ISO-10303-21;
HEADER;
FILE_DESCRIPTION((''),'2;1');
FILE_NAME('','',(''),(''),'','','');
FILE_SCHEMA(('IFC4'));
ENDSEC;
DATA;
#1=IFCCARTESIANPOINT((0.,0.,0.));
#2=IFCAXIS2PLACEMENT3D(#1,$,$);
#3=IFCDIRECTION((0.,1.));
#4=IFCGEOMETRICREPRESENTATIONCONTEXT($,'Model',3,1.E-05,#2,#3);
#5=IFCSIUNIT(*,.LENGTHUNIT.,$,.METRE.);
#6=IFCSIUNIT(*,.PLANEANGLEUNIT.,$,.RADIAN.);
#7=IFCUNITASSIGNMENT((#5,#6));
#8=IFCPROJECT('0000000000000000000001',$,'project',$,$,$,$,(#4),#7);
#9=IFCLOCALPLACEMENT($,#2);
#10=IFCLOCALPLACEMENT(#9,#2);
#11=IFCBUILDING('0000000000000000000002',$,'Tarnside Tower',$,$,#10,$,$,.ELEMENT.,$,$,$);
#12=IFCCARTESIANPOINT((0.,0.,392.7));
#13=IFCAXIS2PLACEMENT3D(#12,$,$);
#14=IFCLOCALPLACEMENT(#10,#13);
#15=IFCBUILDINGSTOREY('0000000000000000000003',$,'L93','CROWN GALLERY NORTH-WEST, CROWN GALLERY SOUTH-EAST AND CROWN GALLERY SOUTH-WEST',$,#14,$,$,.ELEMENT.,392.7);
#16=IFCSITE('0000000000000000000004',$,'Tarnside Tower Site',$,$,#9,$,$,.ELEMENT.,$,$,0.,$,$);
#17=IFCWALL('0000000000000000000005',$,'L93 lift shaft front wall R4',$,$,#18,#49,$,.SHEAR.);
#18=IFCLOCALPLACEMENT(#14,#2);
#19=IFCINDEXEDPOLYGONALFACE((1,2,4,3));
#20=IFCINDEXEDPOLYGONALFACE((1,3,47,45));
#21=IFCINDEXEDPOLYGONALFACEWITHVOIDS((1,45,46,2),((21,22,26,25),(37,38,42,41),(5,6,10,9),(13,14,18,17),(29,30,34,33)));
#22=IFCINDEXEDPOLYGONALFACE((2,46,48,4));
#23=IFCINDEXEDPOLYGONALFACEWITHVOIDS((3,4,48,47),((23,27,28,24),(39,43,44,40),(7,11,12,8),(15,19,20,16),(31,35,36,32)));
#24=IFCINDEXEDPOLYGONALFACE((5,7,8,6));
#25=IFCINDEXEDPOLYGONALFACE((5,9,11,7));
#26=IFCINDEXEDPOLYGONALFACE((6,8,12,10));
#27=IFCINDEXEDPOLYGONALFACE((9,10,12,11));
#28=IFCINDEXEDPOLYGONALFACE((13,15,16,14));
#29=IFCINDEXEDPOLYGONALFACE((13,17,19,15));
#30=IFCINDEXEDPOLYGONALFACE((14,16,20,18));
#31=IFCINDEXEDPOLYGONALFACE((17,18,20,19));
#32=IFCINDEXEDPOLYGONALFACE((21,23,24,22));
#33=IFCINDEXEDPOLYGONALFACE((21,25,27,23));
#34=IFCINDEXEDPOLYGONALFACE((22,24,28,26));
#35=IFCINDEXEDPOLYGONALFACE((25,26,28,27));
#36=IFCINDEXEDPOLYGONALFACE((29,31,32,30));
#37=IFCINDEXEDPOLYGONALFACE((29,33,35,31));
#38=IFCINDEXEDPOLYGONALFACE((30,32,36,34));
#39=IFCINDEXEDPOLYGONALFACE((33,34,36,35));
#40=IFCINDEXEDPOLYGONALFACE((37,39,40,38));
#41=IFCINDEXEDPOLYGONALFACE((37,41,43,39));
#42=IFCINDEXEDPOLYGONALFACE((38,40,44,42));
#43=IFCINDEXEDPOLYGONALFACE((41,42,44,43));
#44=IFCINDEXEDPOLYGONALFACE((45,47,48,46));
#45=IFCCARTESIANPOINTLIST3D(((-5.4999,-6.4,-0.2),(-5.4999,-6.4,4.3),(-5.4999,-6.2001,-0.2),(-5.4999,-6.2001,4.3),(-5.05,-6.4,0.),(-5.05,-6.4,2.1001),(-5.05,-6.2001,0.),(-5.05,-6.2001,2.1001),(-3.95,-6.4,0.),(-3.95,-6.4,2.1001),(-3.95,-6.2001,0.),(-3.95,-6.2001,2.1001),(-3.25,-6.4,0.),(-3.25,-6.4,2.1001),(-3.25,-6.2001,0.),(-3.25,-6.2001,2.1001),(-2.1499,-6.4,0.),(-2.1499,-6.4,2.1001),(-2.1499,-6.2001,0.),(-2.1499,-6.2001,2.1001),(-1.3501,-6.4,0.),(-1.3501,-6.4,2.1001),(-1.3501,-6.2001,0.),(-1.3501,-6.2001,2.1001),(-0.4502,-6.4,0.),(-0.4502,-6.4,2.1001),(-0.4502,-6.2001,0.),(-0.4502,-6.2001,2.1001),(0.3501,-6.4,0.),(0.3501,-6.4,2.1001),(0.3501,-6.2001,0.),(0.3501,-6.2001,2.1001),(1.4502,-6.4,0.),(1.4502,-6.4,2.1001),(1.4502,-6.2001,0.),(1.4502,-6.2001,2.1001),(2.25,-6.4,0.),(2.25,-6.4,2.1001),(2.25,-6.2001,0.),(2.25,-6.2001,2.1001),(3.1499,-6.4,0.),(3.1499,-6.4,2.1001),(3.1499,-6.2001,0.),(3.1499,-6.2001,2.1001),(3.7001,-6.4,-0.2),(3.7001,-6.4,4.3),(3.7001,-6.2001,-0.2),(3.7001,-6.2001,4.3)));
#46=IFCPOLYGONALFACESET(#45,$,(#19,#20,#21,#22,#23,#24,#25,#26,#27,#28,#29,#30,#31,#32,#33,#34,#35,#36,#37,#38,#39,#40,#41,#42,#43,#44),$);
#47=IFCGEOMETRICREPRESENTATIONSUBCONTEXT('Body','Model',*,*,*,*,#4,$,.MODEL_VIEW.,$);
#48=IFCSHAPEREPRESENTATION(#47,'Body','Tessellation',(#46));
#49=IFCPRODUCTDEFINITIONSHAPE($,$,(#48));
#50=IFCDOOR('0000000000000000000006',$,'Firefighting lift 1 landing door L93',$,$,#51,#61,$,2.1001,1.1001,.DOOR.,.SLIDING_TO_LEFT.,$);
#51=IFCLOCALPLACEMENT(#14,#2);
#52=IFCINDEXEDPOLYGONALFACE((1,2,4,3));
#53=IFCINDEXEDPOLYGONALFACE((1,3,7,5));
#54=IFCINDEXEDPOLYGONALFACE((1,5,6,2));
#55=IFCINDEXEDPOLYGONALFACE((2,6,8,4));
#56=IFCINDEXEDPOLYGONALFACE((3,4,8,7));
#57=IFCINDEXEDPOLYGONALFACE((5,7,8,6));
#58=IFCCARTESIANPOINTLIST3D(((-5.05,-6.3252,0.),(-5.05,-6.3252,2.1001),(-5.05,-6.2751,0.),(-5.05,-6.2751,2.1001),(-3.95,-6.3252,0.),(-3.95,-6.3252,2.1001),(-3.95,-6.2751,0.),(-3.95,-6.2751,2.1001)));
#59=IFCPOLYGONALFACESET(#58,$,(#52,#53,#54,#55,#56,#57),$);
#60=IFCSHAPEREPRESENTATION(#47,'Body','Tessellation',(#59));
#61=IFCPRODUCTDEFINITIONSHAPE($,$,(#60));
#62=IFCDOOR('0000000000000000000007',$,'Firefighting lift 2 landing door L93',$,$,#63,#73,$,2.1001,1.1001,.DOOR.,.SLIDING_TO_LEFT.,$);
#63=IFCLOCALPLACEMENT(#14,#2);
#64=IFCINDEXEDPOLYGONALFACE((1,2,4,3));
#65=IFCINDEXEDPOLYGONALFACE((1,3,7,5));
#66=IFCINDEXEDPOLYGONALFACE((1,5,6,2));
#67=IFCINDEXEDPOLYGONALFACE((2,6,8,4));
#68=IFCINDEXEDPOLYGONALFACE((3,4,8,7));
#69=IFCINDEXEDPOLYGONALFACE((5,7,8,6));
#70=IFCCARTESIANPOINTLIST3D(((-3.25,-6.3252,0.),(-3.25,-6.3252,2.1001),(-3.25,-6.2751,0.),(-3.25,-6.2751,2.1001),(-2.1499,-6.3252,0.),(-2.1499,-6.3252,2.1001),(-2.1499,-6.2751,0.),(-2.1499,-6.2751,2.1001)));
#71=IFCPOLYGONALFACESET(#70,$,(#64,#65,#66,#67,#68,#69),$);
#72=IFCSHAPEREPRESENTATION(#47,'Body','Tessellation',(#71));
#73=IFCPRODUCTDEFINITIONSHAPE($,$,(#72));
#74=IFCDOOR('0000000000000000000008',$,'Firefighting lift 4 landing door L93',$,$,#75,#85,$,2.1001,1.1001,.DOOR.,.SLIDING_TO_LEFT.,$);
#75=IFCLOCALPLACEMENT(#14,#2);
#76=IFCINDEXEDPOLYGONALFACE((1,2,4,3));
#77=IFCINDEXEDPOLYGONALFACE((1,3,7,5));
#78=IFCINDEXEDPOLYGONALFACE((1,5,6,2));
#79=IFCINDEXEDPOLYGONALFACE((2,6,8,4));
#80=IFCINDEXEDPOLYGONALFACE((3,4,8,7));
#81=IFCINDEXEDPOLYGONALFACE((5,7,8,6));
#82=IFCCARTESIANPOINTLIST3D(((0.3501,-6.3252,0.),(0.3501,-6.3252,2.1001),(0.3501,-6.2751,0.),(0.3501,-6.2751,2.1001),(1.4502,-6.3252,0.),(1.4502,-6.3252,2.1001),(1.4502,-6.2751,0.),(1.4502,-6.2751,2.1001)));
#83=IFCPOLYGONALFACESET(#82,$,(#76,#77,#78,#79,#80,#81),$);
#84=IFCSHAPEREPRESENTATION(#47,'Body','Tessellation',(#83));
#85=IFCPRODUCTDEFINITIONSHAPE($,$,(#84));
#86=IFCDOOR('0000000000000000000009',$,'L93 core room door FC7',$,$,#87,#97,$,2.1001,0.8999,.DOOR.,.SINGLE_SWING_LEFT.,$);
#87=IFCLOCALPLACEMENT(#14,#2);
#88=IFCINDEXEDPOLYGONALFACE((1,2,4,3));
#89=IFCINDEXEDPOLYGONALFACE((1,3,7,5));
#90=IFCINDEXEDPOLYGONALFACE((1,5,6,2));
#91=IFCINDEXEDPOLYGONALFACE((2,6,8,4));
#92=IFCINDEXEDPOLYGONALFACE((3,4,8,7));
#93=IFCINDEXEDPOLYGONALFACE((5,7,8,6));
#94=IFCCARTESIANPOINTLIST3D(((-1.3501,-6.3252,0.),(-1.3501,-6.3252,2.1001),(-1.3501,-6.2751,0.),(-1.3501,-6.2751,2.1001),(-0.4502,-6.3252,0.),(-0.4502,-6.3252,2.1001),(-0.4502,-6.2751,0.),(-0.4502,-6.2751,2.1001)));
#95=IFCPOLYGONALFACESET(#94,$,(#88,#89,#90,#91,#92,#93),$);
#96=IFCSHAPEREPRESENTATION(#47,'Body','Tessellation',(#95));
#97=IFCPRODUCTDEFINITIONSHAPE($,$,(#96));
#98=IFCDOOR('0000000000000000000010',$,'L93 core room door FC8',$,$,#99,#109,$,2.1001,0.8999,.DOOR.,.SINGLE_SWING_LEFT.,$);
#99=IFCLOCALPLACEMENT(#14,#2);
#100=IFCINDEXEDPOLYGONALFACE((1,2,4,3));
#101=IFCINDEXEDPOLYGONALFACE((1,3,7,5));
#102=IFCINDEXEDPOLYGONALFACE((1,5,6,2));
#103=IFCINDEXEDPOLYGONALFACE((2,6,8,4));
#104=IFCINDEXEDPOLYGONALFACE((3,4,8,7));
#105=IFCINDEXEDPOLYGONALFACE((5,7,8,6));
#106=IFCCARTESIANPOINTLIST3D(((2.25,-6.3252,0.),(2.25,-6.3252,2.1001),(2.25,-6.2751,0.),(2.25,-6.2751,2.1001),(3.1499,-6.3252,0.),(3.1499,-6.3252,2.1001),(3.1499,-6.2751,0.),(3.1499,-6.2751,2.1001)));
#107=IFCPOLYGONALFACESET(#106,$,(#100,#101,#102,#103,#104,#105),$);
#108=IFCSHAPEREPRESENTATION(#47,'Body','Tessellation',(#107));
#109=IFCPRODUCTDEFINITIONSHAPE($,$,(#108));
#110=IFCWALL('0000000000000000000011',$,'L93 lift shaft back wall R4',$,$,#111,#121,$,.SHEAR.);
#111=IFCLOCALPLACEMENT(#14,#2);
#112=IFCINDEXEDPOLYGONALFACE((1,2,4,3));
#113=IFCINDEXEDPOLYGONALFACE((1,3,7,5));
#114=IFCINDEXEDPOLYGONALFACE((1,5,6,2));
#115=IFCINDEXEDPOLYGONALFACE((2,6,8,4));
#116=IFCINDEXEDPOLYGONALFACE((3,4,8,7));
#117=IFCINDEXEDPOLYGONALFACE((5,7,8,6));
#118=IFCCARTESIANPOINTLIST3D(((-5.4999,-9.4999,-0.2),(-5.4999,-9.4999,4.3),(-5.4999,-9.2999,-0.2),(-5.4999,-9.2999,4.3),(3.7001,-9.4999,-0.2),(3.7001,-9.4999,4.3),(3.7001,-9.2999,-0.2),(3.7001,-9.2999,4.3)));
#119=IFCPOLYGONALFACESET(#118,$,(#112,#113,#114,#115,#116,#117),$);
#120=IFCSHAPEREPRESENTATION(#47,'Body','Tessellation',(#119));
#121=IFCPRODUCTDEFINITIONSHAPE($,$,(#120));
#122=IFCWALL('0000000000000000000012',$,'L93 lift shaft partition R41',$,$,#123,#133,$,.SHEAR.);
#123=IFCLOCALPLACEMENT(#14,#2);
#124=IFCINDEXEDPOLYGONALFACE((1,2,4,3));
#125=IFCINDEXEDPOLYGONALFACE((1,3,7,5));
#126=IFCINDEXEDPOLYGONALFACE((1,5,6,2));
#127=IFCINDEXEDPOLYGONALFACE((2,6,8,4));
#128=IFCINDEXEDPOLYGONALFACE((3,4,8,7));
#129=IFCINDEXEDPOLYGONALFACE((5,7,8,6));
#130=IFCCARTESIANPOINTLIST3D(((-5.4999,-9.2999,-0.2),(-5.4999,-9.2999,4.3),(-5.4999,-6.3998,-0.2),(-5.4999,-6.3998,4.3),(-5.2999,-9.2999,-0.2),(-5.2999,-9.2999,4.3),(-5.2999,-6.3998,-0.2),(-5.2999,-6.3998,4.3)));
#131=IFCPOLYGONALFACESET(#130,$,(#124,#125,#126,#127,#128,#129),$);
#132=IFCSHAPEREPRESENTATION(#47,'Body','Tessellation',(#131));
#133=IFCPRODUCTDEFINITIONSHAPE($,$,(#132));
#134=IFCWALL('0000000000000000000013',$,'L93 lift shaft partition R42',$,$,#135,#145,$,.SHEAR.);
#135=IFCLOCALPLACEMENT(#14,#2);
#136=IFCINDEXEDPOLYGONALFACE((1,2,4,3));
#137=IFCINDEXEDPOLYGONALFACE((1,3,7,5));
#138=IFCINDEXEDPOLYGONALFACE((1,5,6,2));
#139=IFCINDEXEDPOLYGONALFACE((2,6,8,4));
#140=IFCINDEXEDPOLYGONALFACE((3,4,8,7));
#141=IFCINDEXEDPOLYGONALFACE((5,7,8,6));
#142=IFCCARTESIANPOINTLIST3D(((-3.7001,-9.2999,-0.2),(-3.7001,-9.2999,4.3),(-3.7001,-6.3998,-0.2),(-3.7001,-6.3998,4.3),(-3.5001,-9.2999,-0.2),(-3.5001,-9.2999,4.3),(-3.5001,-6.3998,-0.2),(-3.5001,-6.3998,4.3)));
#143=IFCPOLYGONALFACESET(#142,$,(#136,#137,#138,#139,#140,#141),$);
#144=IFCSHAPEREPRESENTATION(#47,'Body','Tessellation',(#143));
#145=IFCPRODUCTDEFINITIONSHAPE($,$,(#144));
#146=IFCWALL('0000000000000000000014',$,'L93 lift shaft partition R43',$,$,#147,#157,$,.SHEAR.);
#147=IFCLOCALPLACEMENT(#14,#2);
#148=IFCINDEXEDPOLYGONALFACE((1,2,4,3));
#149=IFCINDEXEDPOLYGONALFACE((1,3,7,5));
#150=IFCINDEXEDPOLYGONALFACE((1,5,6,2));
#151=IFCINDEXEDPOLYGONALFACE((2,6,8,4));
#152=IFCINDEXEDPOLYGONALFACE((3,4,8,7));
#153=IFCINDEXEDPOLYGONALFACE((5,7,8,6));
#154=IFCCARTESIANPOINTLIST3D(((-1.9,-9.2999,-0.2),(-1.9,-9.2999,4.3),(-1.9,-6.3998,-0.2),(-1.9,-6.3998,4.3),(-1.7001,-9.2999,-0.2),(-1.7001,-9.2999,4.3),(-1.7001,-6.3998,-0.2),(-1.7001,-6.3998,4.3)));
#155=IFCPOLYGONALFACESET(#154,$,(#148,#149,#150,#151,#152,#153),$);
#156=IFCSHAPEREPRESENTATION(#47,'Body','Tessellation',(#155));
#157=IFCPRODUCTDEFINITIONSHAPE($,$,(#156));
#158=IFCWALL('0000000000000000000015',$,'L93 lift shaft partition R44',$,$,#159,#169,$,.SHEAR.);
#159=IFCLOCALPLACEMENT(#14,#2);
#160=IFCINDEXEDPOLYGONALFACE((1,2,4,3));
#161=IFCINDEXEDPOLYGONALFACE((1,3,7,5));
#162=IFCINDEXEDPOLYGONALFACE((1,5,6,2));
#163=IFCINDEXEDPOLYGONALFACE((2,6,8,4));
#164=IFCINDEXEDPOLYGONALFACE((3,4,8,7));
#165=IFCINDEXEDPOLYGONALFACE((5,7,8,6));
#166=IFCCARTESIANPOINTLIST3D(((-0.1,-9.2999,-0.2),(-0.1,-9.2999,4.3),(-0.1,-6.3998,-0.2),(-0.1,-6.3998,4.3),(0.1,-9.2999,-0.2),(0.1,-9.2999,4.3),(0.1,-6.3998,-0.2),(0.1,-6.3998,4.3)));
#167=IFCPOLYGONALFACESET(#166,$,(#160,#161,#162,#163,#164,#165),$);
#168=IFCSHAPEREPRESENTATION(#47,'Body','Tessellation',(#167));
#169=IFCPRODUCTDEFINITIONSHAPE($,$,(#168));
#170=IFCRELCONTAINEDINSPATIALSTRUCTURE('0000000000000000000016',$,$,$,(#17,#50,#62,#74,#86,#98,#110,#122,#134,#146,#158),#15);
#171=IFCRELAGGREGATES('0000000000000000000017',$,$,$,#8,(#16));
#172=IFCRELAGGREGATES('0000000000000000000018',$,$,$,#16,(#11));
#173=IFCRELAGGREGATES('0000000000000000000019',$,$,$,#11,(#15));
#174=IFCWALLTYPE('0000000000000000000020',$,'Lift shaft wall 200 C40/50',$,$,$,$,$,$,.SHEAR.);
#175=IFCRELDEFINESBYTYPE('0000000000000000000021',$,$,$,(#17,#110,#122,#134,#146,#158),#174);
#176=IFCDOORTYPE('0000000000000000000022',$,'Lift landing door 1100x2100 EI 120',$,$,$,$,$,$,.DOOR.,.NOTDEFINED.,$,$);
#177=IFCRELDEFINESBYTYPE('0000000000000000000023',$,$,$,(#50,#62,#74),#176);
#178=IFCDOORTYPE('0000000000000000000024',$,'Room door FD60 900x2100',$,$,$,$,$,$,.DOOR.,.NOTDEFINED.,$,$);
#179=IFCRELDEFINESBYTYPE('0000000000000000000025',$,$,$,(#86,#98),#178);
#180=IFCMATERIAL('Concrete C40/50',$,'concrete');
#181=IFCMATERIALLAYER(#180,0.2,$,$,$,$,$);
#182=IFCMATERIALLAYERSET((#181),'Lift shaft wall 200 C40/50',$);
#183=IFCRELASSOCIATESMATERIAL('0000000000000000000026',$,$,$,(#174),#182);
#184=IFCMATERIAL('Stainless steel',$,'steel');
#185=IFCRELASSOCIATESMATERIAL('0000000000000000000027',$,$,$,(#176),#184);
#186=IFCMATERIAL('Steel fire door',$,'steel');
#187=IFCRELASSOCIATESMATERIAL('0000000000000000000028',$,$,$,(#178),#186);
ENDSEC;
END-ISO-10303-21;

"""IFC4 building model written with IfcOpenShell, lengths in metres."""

from ifc_helpers import new_model, si_unit, direction, frame, frame_2d, origin, place, context, subcontext, project, spatial, rectangle, extrude, material, layer, layer_set, type_object, element, fill, save


model = new_model("IFC4")

# Units and contexts
model_context = context("Model", 3, precision=1e-05, world=origin(), true_north=direction((0.0, 1.0)))
body_context = subcontext(model_context, "Body", "Model", "MODEL_VIEW")
ifc_project = project(units=[si_unit("LENGTHUNIT", "METRE"), si_unit("PLANEANGLEUNIT", "RADIAN")], contexts=[model_context])

# Site, building, storey
site_placement = place(None, origin())
site = spatial("IfcSite", under=ifc_project, at=site_placement, Name="Tarnside Tower Site", CompositionType="ELEMENT", RefElevation=0.0)
building_placement = place(site_placement, origin())
building = spatial("IfcBuilding", under=site, at=building_placement, Name="Tarnside Tower", CompositionType="ELEMENT")
storey_placement = place(building_placement, frame((0.0, 0.0, 392.7)))
storey = spatial("IfcBuildingStorey", under=building, at=storey_placement, Name="L93", Description="CROWN GALLERY NORTH-WEST, CROWN GALLERY SOUTH-EAST AND CROWN GALLERY SOUTH-WEST", CompositionType="ELEMENT", Elevation=392.7)

# Shared definitions
ifc_material_1 = material(Name="Concrete C40/50", Category="concrete")

# Wall, openings, doors
ifc_layer_1 = layer(ifc_material_1, 0.2)
ifc_layer_set_1 = layer_set([ifc_layer_1], Name="Lift shaft wall 200 C40/50")
wall_type_1 = type_object("IfcWallType", Name="Lift shaft wall 200 C40/50", PredefinedType="SHEAR", material=ifc_layer_set_1)
wall_1_placement = place(storey_placement, frame((-5.5, -6.3, -0.2), z_axis=(0.0, 0.0, 1.0), x_axis=(1.0, 0.0, 0.0)))
wall_1 = element("IfcWall", 1, at=wall_1_placement, inside=storey, type_object=wall_type_1, Name="L93 lift shaft front wall R4", PredefinedType="SHEAR", context=body_context, shape_type="SweptSolid", body=[
    extrude(rectangle(XDim=9.2, YDim=0.2, at=frame_2d((4.6001, 0.0))), origin(), (0.0, 0.0, 1.0), 4.5),
])
opening_1_placement = place(wall_1_placement, frame((4.1499, 0.0, 0.2)))
opening_1 = element("IfcOpeningElement", 2, at=opening_1_placement, cuts=wall_1, PredefinedType="OPENING", context=body_context, shape_type="SweptSolid", body=[
    extrude(rectangle(XDim=0.8999, YDim=2.1001, at=frame_2d((0.45, 1.05))), frame((0.0, 0.1099, 0.0), z_axis=(0.0, -1.0, 0.0), x_axis=(1.0, 0.0, 0.0)), (0.0, 0.0, 1.0), 0.22),
])
opening_2_placement = place(wall_1_placement, frame((7.75, 0.0, 0.2)))
opening_2 = element("IfcOpeningElement", 3, at=opening_2_placement, cuts=wall_1, PredefinedType="OPENING", context=body_context, shape_type="SweptSolid", body=[
    extrude(rectangle(XDim=0.8999, YDim=2.1001, at=frame_2d((0.45, 1.05))), frame((0.0, 0.1099, 0.0), z_axis=(0.0, -1.0, 0.0), x_axis=(1.0, 0.0, 0.0)), (0.0, 0.0, 1.0), 0.22),
])
opening_3_placement = place(wall_1_placement, frame((0.45, 0.0, 0.2)))
opening_3 = element("IfcOpeningElement", 4, at=opening_3_placement, cuts=wall_1, PredefinedType="OPENING", context=body_context, shape_type="SweptSolid", body=[
    extrude(rectangle(XDim=1.1001, YDim=2.1001, at=frame_2d((0.55, 1.05))), frame((0.0, 0.1099, 0.0), z_axis=(0.0, -1.0, 0.0), x_axis=(1.0, 0.0, 0.0)), (0.0, 0.0, 1.0), 0.22),
])
opening_4_placement = place(wall_1_placement, frame((2.25, 0.0, 0.2)))
opening_4 = element("IfcOpeningElement", 5, at=opening_4_placement, cuts=wall_1, PredefinedType="OPENING", context=body_context, shape_type="SweptSolid", body=[
    extrude(rectangle(XDim=1.1001, YDim=2.1001, at=frame_2d((0.55, 1.05))), frame((0.0, 0.1099, 0.0), z_axis=(0.0, -1.0, 0.0), x_axis=(1.0, 0.0, 0.0)), (0.0, 0.0, 1.0), 0.22),
])
opening_5_placement = place(wall_1_placement, frame((5.8501, 0.0, 0.2)))
opening_5 = element("IfcOpeningElement", 6, at=opening_5_placement, cuts=wall_1, PredefinedType="OPENING", context=body_context, shape_type="SweptSolid", body=[
    extrude(rectangle(XDim=1.1001, YDim=2.1001, at=frame_2d((0.55, 1.05))), frame((0.0, 0.1099, 0.0), z_axis=(0.0, -1.0, 0.0), x_axis=(1.0, 0.0, 0.0)), (0.0, 0.0, 1.0), 0.22),
])
ifc_material_2 = material(Name="Stainless steel", Category="steel")
door_type_1 = type_object("IfcDoorType", Name="Lift landing door 1100x2100 EI 120", OperationType="NOTDEFINED", PredefinedType="DOOR", material=ifc_material_2)
door_1_placement = place(opening_3_placement, origin())
door_1 = element("IfcDoor", 7, at=door_1_placement, inside=storey, type_object=door_type_1, Name="Firefighting lift 1 landing door L93", OperationType="SLIDING_TO_LEFT", OverallHeight=2.1001, OverallWidth=1.1001, PredefinedType="DOOR", context=body_context, shape_type="SweptSolid", body=[
    extrude(rectangle(XDim=1.1001, YDim=2.1001, at=frame_2d((0.55, 1.05))), frame((0.0, 0.0249, 0.0), z_axis=(0.0, -1.0, 0.0), x_axis=(1.0, 0.0, 0.0)), (0.0, 0.0, 1.0), 0.05),
])
fill(opening_3, door_1)
door_2_placement = place(opening_4_placement, origin())
door_2 = element("IfcDoor", 8, at=door_2_placement, inside=storey, type_object=door_type_1, Name="Firefighting lift 2 landing door L93", OperationType="SLIDING_TO_LEFT", OverallHeight=2.1001, OverallWidth=1.1001, PredefinedType="DOOR", context=body_context, shape_type="SweptSolid", body=[
    extrude(rectangle(XDim=1.1001, YDim=2.1001, at=frame_2d((0.55, 1.05))), frame((0.0, 0.0249, 0.0), z_axis=(0.0, -1.0, 0.0), x_axis=(1.0, 0.0, 0.0)), (0.0, 0.0, 1.0), 0.05),
])
fill(opening_4, door_2)
door_3_placement = place(opening_5_placement, origin())
door_3 = element("IfcDoor", 9, at=door_3_placement, inside=storey, type_object=door_type_1, Name="Firefighting lift 4 landing door L93", OperationType="SLIDING_TO_LEFT", OverallHeight=2.1001, OverallWidth=1.1001, PredefinedType="DOOR", context=body_context, shape_type="SweptSolid", body=[
    extrude(rectangle(XDim=1.1001, YDim=2.1001, at=frame_2d((0.55, 1.05))), frame((0.0, 0.0249, 0.0), z_axis=(0.0, -1.0, 0.0), x_axis=(1.0, 0.0, 0.0)), (0.0, 0.0, 1.0), 0.05),
])
fill(opening_5, door_3)
ifc_material_3 = material(Name="Steel fire door", Category="steel")
door_type_2 = type_object("IfcDoorType", Name="Room door FD60 900x2100", OperationType="NOTDEFINED", PredefinedType="DOOR", material=ifc_material_3)
door_4_placement = place(opening_1_placement, origin())
door_4 = element("IfcDoor", 10, at=door_4_placement, inside=storey, type_object=door_type_2, Name="L93 core room door FC7", OperationType="SINGLE_SWING_LEFT", OverallHeight=2.1001, OverallWidth=0.8999, PredefinedType="DOOR", context=body_context, shape_type="SweptSolid", body=[
    extrude(rectangle(XDim=0.8999, YDim=2.1001, at=frame_2d((0.45, 1.05))), frame((0.0, 0.0249, 0.0), z_axis=(0.0, -1.0, 0.0), x_axis=(1.0, 0.0, 0.0)), (0.0, 0.0, 1.0), 0.05),
])
fill(opening_1, door_4)
door_5_placement = place(opening_2_placement, origin())
door_5 = element("IfcDoor", 11, at=door_5_placement, inside=storey, type_object=door_type_2, Name="L93 core room door FC8", OperationType="SINGLE_SWING_LEFT", OverallHeight=2.1001, OverallWidth=0.8999, PredefinedType="DOOR", context=body_context, shape_type="SweptSolid", body=[
    extrude(rectangle(XDim=0.8999, YDim=2.1001, at=frame_2d((0.45, 1.05))), frame((0.0, 0.0249, 0.0), z_axis=(0.0, -1.0, 0.0), x_axis=(1.0, 0.0, 0.0)), (0.0, 0.0, 1.0), 0.05),
])
fill(opening_2, door_5)

# Walls
wall_2_placement = place(storey_placement, frame((-5.5, -9.3999, -0.2), z_axis=(0.0, 0.0, 1.0), x_axis=(1.0, 0.0, 0.0)))
element("IfcWall", 12, at=wall_2_placement, inside=storey, type_object=wall_type_1, Name="L93 lift shaft back wall R4", PredefinedType="SHEAR", context=body_context, shape_type="SweptSolid", body=[
    extrude(rectangle(XDim=9.2, YDim=0.2, at=frame_2d((4.6001, 0.0))), origin(), (0.0, 0.0, 1.0), 4.5),
])
for number, where, z_axis, x_axis, name in (
    (13, (-5.3999, -9.3, -0.2), (0.0, 0.0, 1.0), (0.0, 1.0, 0.0), "L93 lift shaft partition R41"),
    (14, (-3.6001, -9.3, -0.2), (0.0, 0.0, 1.0), (0.0, 1.0, 0.0), "L93 lift shaft partition R42"),
    (15, (-1.8, -9.3, -0.2), (0.0, 0.0, 1.0), (0.0, 1.0, 0.0), "L93 lift shaft partition R43"),
    (16, (0.0, -9.3, -0.2), (0.0, 0.0, 1.0), (0.0, 1.0, 0.0), "L93 lift shaft partition R44"),
):
    element("IfcWall", number, at=place(storey_placement, frame(where, z_axis=z_axis, x_axis=x_axis)), inside=storey, type_object=wall_type_1, Name=name, PredefinedType="SHEAR", context=body_context, shape_type="SweptSolid", body=[
        extrude(rectangle(XDim=2.9001, YDim=0.2, at=frame_2d((1.4502, 0.0))), origin(), (0.0, 0.0, 1.0), 4.5),
    ])

save(model, "model.ifc")
